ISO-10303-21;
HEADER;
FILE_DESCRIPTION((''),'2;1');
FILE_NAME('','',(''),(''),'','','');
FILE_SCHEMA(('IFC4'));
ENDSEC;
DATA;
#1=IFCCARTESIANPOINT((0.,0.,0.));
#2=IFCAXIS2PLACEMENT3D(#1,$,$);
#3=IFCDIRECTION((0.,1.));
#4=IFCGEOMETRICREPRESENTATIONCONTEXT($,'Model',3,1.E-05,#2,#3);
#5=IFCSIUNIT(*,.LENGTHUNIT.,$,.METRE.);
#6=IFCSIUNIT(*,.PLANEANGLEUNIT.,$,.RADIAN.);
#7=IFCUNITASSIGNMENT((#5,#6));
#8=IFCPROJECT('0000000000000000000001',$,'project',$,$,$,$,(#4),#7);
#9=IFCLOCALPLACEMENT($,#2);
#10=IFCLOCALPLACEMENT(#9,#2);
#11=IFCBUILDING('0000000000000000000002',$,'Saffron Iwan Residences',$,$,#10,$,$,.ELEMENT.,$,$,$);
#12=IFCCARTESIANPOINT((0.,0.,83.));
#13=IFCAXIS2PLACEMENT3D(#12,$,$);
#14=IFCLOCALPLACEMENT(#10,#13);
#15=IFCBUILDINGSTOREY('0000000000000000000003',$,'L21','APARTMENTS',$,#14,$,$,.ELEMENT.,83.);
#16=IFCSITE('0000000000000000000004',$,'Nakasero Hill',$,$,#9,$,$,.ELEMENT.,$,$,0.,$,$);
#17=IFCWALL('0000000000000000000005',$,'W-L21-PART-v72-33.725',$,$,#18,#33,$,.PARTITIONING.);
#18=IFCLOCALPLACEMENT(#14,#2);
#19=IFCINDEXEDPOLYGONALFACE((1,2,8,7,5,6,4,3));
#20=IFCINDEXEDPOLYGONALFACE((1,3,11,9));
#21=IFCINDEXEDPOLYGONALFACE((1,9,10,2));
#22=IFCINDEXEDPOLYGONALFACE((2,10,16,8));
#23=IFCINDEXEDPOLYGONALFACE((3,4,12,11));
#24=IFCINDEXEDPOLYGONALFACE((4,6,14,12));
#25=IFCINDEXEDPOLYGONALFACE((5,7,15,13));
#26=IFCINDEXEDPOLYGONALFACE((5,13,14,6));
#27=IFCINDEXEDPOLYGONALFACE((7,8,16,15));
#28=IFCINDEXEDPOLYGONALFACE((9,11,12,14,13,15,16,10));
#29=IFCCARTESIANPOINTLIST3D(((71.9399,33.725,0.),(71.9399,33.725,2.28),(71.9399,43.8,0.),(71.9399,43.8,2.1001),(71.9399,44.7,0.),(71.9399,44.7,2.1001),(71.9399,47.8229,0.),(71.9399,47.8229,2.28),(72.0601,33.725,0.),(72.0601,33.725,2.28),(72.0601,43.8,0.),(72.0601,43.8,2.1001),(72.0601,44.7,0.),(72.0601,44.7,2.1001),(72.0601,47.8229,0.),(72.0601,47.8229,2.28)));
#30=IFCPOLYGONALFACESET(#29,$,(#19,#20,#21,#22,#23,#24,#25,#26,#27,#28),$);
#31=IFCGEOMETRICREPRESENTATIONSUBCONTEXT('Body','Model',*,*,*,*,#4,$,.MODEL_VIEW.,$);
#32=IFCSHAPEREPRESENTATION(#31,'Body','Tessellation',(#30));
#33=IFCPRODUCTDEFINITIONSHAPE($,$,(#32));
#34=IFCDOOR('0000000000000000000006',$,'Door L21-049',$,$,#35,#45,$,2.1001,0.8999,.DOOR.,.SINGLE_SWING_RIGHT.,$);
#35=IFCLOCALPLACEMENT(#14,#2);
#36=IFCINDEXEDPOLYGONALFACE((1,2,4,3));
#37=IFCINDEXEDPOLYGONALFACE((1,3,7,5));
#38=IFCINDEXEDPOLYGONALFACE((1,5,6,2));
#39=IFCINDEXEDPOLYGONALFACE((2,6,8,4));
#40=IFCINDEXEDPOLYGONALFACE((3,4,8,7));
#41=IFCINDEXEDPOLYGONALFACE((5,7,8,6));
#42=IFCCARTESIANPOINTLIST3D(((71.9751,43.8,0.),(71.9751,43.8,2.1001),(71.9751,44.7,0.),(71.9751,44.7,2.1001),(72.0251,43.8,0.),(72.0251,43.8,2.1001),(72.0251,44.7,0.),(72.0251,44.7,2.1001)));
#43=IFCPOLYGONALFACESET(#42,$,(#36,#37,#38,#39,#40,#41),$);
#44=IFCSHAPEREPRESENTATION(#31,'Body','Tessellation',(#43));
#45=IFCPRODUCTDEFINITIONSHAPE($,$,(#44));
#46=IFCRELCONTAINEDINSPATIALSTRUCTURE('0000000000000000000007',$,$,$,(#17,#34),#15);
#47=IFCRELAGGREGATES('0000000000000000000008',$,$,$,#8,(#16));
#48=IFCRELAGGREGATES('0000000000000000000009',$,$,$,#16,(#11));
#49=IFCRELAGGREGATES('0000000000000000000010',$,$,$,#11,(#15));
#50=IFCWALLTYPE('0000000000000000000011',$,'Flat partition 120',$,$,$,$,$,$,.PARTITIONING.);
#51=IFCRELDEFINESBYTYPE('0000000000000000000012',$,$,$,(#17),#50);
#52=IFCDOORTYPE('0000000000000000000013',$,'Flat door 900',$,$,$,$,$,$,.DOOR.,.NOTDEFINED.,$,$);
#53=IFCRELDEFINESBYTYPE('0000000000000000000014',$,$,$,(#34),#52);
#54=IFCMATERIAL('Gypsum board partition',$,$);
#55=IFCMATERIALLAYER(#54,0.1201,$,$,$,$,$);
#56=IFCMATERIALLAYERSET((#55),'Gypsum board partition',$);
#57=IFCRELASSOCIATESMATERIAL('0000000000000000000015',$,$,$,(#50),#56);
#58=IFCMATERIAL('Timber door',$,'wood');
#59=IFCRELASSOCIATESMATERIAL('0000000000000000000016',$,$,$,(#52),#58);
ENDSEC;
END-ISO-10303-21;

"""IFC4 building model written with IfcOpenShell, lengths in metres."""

from ifc_helpers import new_model, si_unit, direction, frame, frame_2d, origin, place, context, subcontext, project, spatial, rectangle, extrude, material, layer, layer_set, type_object, element, fill, save


model = new_model("IFC4")

# Units and contexts
model_context = context("Model", 3, precision=1e-05, world=origin(), true_north=direction((0.0, 1.0)))
body_context = subcontext(model_context, "Body", "Model", "MODEL_VIEW")
ifc_project = project(units=[si_unit("LENGTHUNIT", "METRE"), si_unit("PLANEANGLEUNIT", "RADIAN")], contexts=[model_context])

# Site, building, storey
site_placement = place(None, origin())
site = spatial("IfcSite", under=ifc_project, at=site_placement, Name="Nakasero Hill", CompositionType="ELEMENT", RefElevation=0.0)
building_placement = place(site_placement, origin())
building = spatial("IfcBuilding", under=site, at=building_placement, Name="Saffron Iwan Residences", CompositionType="ELEMENT")
storey_placement = place(building_placement, frame((0.0, 0.0, 83.0)))
storey = spatial("IfcBuildingStorey", under=building, at=storey_placement, Name="L21", Description="APARTMENTS", CompositionType="ELEMENT", Elevation=83.0)

# Shared definitions
ifc_material_1 = material(Name="Gypsum board partition")
ifc_layer_1 = layer(ifc_material_1, 0.1201)
ifc_layer_set_1 = layer_set([ifc_layer_1], Name="Gypsum board partition")
wall_type_1 = type_object("IfcWallType", Name="Flat partition 120", PredefinedType="PARTITIONING", material=ifc_layer_set_1)

# Wall, opening, door
wall_1_placement = place(storey_placement, frame((72.0, 33.7251, 0.0), z_axis=(0.0, 0.0, 1.0), x_axis=(0.0, 1.0, 0.0)))
wall_1 = element("IfcWall", 1, at=wall_1_placement, inside=storey, type_object=wall_type_1, Name="W-L21-PART-v72-33.725", PredefinedType="PARTITIONING", context=body_context, shape_type="SweptSolid", body=[
    extrude(rectangle(XDim=14.0979, YDim=0.1201, at=frame_2d((7.0488, 0.0))), origin(), (0.0, 0.0, 1.0), 2.28),
])
opening_1_placement = place(wall_1_placement, frame((10.075, 0.0, 0.0)))
opening_1 = element("IfcOpeningElement", 2, at=opening_1_placement, cuts=wall_1, PredefinedType="OPENING", context=body_context, shape_type="SweptSolid", body=[
    extrude(rectangle(XDim=0.8999, YDim=2.1001, at=frame_2d((0.45, 1.05))), frame((0.0, 0.0701, 0.0), z_axis=(0.0, -1.0, 0.0), x_axis=(1.0, 0.0, 0.0)), (0.0, 0.0, 1.0), 0.1401),
])
ifc_material_2 = material(Name="Timber door", Category="wood")
door_type_1 = type_object("IfcDoorType", Name="Flat door 900", OperationType="NOTDEFINED", PredefinedType="DOOR", material=ifc_material_2)
door_1_placement = place(opening_1_placement, origin())
door_1 = element("IfcDoor", 3, at=door_1_placement, inside=storey, type_object=door_type_1, Name="Door L21-049", OperationType="SINGLE_SWING_RIGHT", OverallHeight=2.1001, OverallWidth=0.8999, PredefinedType="DOOR", context=body_context, shape_type="SweptSolid", body=[
    extrude(rectangle(XDim=0.8999, YDim=2.1001, at=frame_2d((0.45, 1.05))), frame((0.0, 0.0249, 0.0), z_axis=(0.0, -1.0, 0.0), x_axis=(1.0, 0.0, 0.0)), (0.0, 0.0, 1.0), 0.05),
])
fill(opening_1, door_1)

save(model, "model.ifc")
